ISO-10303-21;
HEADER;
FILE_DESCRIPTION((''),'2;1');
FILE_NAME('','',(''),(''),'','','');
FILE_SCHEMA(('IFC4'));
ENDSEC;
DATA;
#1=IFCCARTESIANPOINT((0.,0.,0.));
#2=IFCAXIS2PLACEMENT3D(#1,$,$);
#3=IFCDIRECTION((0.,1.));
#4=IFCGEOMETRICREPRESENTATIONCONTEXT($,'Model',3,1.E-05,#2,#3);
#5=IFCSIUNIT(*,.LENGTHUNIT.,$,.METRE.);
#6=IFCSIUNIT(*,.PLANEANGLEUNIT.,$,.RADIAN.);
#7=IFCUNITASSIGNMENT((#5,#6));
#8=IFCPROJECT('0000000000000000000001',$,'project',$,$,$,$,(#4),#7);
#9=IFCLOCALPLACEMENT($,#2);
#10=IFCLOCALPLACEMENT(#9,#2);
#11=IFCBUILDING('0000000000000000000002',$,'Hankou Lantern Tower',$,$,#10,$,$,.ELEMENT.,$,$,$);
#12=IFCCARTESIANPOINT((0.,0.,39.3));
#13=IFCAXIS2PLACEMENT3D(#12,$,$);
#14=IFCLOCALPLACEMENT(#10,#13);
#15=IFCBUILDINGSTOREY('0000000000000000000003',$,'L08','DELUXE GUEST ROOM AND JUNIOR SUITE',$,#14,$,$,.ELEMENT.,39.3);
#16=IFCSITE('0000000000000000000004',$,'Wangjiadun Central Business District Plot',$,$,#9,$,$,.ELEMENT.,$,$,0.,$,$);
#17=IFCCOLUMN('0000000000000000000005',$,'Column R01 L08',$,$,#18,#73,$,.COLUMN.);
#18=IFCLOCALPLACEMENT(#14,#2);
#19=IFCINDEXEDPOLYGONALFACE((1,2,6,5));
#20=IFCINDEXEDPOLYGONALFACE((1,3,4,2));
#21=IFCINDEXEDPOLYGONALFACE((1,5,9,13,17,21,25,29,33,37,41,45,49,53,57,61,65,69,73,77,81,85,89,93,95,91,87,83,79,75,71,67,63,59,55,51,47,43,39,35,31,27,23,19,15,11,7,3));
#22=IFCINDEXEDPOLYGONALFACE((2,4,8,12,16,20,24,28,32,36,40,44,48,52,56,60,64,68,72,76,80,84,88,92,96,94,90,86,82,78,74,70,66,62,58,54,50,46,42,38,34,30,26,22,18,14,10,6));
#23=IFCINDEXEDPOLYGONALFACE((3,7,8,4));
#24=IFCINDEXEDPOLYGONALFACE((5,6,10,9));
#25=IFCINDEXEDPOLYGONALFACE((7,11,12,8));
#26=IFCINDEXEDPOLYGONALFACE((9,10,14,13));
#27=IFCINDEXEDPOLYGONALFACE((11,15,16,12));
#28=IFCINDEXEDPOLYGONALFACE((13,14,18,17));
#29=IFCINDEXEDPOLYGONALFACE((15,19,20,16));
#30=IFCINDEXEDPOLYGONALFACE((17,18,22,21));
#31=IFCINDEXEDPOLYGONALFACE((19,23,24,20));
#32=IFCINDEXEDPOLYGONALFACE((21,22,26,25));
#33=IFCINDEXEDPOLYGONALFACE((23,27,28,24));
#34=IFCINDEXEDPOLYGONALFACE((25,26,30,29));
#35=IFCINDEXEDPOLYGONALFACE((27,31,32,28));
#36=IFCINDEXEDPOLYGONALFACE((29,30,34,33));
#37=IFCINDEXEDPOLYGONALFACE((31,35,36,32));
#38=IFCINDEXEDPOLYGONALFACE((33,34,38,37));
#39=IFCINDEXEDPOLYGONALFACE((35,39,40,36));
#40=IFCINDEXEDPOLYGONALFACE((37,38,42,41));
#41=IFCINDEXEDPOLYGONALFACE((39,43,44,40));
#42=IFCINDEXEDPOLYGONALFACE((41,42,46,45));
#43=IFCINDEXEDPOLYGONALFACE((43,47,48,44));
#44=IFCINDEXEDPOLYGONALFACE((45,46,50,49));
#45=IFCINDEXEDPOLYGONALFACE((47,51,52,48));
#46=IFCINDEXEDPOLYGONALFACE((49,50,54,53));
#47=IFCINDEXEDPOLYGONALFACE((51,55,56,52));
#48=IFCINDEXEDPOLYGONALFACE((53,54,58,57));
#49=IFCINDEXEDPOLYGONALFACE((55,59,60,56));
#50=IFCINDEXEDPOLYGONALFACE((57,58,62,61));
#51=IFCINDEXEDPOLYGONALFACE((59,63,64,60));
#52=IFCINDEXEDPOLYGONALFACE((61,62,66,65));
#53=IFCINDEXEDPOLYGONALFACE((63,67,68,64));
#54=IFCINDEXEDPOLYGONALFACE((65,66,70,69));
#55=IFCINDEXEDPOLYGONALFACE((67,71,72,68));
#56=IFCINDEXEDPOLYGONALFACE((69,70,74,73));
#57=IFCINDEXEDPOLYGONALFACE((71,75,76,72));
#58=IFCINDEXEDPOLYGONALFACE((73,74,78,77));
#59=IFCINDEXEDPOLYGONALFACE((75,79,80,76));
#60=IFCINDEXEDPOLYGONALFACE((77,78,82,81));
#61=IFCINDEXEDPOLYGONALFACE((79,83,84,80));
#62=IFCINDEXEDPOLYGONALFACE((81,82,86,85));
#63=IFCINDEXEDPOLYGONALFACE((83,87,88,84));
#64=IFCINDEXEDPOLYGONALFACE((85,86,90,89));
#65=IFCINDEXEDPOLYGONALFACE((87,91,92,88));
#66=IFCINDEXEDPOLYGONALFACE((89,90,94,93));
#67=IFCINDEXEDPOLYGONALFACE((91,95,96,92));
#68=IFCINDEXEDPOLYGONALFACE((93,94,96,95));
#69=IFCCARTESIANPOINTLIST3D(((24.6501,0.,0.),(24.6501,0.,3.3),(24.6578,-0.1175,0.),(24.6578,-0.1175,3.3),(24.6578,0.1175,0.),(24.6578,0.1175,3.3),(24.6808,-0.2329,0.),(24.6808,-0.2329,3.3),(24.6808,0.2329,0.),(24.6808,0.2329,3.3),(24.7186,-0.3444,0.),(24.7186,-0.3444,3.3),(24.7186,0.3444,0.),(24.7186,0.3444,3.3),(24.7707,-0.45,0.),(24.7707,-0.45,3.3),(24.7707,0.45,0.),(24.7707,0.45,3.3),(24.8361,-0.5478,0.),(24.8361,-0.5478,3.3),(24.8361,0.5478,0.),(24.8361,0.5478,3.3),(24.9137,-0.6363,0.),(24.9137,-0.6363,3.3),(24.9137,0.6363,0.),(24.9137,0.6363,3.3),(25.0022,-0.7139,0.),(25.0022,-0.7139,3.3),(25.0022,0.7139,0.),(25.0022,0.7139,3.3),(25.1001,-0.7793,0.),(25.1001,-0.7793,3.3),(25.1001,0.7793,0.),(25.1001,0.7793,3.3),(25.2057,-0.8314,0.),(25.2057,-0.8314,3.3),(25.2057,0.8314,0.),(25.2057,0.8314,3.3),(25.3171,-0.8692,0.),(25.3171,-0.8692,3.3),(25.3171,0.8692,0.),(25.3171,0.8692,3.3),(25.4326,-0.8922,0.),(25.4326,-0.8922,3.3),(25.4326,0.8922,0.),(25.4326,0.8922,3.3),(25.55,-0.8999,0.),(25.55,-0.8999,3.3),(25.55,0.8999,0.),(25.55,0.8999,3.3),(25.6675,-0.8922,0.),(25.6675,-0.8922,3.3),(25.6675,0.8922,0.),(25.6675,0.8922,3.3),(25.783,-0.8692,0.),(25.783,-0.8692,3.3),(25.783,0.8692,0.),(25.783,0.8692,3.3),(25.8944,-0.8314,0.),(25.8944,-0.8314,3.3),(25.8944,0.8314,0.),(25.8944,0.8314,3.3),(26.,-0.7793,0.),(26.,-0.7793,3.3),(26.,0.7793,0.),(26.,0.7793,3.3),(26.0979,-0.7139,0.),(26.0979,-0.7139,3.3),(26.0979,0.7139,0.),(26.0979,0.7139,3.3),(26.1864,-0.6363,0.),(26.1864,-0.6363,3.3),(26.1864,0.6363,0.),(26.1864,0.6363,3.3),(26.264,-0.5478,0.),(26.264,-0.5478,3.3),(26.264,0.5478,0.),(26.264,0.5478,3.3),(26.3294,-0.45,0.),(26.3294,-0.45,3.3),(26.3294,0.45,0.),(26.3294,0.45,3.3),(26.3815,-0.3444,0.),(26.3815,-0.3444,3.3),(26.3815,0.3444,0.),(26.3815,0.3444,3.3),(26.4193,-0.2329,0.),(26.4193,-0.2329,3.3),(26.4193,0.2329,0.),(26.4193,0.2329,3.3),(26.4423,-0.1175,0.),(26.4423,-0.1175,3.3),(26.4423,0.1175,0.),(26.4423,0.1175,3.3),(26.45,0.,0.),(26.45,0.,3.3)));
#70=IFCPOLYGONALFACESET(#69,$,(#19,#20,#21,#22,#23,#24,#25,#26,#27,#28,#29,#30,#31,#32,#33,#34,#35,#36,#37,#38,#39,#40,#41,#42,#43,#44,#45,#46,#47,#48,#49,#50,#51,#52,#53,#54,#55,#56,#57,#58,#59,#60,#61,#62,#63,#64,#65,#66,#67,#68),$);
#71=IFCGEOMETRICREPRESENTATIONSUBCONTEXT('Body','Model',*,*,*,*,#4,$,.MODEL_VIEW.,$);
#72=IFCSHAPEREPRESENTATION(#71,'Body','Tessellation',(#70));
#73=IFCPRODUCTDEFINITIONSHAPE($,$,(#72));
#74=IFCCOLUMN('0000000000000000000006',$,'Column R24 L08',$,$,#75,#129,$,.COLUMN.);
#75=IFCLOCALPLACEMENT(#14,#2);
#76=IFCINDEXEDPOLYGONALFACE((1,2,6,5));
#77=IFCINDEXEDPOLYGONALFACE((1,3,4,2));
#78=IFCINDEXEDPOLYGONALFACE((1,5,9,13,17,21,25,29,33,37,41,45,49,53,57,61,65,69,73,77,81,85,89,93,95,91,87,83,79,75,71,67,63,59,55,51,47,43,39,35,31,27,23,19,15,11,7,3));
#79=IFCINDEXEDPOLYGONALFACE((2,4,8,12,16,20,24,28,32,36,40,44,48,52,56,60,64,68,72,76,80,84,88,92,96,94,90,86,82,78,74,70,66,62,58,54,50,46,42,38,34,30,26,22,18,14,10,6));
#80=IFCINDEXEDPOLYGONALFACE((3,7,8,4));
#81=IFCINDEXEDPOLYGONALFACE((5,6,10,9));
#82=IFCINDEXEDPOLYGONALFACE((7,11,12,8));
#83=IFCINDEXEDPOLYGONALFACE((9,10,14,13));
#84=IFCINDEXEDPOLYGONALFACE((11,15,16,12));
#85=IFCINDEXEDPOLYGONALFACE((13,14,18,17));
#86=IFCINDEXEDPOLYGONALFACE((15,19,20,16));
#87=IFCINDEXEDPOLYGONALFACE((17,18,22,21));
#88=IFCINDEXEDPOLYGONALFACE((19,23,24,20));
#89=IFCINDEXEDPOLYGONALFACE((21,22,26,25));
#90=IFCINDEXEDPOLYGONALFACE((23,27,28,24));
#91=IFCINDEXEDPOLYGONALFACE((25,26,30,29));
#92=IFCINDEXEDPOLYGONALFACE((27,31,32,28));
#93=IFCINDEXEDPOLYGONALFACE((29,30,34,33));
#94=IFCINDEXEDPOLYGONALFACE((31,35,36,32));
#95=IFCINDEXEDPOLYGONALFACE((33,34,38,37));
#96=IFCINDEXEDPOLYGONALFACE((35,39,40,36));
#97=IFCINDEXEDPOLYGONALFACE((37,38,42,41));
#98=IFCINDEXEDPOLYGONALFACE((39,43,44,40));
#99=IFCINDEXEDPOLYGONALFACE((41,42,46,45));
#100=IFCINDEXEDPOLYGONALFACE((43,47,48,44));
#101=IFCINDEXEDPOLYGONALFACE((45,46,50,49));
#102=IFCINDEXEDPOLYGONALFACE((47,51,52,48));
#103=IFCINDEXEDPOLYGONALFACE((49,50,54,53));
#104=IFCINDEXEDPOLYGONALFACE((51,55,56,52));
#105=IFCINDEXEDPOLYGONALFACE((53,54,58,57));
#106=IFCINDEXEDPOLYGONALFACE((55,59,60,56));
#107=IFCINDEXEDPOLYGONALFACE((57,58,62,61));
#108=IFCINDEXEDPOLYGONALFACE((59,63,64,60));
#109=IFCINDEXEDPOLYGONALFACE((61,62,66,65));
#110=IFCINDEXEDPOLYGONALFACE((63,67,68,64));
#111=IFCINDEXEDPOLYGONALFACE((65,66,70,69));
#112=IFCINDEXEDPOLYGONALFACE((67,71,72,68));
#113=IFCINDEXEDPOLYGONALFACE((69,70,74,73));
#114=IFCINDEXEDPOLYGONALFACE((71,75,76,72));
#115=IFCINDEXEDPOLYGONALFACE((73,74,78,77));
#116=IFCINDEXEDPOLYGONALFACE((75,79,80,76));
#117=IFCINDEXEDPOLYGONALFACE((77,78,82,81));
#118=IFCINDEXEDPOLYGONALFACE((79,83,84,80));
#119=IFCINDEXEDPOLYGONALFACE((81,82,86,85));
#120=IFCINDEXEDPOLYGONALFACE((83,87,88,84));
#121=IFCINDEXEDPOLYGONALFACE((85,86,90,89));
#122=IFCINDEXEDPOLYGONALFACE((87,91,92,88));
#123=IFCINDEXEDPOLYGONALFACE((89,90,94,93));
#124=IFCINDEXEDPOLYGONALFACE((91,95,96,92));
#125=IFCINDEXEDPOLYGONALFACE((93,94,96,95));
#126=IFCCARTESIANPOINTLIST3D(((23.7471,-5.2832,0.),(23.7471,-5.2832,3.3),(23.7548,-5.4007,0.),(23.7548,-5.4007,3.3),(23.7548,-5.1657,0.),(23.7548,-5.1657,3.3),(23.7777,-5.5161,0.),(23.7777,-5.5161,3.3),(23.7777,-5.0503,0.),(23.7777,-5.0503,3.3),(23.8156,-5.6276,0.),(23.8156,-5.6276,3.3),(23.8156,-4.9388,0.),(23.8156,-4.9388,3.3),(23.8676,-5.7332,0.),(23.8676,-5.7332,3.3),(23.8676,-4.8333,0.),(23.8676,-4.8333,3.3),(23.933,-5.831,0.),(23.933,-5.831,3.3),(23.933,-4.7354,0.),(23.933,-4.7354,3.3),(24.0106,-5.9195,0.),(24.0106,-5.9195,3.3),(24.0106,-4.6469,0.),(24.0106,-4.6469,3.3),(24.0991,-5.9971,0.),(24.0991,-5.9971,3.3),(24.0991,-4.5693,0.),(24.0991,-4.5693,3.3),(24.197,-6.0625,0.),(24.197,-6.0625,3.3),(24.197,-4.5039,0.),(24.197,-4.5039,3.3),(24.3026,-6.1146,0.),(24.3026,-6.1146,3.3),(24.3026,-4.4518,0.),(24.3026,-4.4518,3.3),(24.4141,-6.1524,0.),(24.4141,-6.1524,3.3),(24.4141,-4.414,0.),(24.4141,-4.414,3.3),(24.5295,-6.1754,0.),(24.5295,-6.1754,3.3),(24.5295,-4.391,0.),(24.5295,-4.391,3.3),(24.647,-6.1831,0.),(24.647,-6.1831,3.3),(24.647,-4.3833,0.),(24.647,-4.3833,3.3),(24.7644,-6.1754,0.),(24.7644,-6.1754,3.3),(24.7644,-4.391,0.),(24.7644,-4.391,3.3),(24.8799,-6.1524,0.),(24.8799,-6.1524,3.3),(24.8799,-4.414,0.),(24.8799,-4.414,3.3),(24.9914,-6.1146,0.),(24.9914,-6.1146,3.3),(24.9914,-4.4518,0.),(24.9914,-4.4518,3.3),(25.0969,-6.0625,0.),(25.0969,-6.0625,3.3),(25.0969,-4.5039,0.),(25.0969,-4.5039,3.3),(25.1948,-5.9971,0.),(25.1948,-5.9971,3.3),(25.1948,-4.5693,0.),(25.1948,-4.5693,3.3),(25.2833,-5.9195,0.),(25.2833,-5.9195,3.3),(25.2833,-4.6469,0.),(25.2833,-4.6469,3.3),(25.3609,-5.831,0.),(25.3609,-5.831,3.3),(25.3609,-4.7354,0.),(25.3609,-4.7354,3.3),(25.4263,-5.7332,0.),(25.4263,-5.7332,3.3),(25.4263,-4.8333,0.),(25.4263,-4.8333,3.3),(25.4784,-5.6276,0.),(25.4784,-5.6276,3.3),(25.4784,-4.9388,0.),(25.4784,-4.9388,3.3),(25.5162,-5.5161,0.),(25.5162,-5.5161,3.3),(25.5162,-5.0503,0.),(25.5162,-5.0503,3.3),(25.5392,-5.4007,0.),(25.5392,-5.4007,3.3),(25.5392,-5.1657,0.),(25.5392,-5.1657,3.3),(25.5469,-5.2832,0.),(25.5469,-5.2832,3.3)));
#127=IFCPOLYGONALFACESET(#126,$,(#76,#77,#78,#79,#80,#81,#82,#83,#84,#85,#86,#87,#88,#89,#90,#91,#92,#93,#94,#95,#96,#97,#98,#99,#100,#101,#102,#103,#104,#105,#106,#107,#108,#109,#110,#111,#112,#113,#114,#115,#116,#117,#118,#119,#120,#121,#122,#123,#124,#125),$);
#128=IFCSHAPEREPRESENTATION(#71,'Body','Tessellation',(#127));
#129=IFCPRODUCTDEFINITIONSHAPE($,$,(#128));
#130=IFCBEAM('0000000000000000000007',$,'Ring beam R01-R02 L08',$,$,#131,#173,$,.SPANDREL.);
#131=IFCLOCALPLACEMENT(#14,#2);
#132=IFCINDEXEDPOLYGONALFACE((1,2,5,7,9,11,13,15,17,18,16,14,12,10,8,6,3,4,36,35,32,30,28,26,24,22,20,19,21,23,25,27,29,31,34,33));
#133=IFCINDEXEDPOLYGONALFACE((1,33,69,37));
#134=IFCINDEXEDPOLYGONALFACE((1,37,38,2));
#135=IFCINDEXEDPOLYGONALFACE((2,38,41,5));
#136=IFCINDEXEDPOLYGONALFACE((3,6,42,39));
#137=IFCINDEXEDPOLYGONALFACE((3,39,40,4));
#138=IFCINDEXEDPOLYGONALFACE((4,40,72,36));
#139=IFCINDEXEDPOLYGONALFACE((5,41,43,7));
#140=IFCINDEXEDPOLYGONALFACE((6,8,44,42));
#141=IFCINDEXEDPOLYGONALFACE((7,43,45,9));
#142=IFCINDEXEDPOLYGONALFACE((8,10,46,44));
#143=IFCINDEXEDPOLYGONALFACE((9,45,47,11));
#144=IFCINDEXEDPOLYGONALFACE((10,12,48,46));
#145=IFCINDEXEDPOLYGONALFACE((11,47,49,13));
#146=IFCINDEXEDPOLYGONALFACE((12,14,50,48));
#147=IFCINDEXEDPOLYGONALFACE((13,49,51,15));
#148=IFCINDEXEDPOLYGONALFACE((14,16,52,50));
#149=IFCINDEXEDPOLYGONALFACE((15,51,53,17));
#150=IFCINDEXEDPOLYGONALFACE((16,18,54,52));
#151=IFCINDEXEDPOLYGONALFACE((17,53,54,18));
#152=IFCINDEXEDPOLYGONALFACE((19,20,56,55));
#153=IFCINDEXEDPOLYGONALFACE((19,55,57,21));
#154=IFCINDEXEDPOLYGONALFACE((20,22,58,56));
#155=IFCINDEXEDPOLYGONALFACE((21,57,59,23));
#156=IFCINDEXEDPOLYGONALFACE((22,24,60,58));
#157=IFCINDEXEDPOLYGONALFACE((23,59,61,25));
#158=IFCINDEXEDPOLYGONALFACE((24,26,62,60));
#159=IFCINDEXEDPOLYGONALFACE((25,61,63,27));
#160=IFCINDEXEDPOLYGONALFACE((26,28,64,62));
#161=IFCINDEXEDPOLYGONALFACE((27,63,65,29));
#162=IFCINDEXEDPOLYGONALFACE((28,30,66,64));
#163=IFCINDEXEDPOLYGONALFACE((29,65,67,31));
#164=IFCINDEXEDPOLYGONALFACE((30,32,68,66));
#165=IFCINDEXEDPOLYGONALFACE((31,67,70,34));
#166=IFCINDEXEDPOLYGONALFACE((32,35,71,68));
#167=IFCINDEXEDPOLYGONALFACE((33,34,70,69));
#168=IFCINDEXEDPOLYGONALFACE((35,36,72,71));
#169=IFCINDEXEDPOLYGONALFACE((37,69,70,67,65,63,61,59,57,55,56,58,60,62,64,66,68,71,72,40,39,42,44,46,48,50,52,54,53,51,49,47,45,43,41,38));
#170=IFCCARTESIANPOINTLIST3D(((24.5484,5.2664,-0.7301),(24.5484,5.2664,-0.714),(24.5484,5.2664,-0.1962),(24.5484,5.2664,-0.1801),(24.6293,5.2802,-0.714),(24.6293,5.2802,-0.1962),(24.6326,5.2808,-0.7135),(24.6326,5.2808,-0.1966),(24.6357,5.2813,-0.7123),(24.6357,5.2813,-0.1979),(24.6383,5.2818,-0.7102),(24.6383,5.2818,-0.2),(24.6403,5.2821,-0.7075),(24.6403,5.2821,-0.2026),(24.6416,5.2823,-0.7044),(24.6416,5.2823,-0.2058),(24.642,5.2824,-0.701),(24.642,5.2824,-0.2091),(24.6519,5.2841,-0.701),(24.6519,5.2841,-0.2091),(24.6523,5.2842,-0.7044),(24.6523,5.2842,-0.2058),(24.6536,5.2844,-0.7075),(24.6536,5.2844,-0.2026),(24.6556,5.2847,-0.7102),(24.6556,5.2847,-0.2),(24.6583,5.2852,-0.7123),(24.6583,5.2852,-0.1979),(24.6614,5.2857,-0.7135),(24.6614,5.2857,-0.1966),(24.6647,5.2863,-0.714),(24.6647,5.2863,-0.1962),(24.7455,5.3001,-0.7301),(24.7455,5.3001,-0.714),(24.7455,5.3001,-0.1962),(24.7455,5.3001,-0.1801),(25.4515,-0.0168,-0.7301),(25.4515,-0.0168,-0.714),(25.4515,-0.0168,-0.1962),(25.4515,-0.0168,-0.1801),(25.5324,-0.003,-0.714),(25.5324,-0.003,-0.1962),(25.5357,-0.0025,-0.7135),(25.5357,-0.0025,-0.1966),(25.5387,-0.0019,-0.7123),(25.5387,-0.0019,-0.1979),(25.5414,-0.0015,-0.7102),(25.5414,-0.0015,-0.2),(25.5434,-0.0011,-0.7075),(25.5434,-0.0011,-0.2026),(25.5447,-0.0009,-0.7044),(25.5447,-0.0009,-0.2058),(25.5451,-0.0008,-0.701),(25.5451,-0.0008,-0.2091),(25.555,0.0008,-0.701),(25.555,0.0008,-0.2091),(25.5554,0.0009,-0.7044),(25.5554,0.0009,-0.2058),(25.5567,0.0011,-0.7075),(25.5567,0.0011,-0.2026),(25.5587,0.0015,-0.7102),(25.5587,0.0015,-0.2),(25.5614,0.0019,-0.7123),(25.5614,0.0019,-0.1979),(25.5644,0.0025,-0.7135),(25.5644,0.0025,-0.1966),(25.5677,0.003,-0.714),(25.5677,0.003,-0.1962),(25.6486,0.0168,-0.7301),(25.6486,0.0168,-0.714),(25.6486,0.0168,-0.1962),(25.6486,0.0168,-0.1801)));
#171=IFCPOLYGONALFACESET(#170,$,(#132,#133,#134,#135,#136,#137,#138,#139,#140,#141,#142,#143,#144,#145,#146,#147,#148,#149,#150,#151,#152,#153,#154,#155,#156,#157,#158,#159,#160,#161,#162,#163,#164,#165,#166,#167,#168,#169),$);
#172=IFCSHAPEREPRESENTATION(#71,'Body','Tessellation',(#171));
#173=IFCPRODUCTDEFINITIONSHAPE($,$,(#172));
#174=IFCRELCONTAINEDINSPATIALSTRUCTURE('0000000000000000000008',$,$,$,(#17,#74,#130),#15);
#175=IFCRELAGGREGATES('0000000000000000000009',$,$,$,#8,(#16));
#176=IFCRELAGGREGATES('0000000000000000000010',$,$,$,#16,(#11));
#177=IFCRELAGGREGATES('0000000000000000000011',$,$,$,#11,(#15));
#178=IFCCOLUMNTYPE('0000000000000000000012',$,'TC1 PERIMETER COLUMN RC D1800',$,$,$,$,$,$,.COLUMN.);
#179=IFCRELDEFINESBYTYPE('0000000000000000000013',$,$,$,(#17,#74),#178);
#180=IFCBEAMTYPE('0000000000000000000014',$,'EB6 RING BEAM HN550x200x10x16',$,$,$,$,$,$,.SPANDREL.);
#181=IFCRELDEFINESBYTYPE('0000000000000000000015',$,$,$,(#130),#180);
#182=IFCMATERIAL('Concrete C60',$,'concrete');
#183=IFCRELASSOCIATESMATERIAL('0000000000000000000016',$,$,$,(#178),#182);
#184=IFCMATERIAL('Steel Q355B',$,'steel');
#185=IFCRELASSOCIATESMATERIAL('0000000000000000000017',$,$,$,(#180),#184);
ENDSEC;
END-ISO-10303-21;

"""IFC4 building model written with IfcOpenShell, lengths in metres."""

from ifc_helpers import new_model, si_unit, direction, frame, origin, origin_2d, place, context, subcontext, project, spatial, circle, i_section, extrude, material, material_profile, profile_set, type_object, element, save


model = new_model("IFC4")

# Units and contexts
model_context = context("Model", 3, precision=1e-05, world=origin(), true_north=direction((0.0, 1.0)))
body_context = subcontext(model_context, "Body", "Model", "MODEL_VIEW")
ifc_project = project(units=[si_unit("LENGTHUNIT", "METRE"), si_unit("PLANEANGLEUNIT", "RADIAN")], contexts=[model_context])

# Site, building, storey
site_placement = place(None, origin())
site = spatial("IfcSite", under=ifc_project, at=site_placement, Name="Wangjiadun Central Business District Plot", CompositionType="ELEMENT", RefElevation=0.0)
building_placement = place(site_placement, origin())
building = spatial("IfcBuilding", under=site, at=building_placement, Name="Hankou Lantern Tower", CompositionType="ELEMENT")
storey_placement = place(building_placement, frame((0.0, 0.0, 39.3)))
storey = spatial("IfcBuildingStorey", under=building, at=storey_placement, Name="L08", Description="DELUXE GUEST ROOM AND JUNIOR SUITE", CompositionType="ELEMENT", Elevation=39.3)

# Columns
ifc_material_1 = material(Name="Concrete C60", Category="concrete")
ifc_material_profile_1 = material_profile(ifc_material_1, circle(Radius=0.8999, at=origin_2d()), Name="RC D1800")
ifc_profile_set_1 = profile_set([ifc_material_profile_1], Name="Concrete C60")
column_type = type_object("IfcColumnType", Name="TC1 PERIMETER COLUMN RC D1800", PredefinedType="COLUMN", material=ifc_profile_set_1)
for number, where, z_axis, x_axis, name in (
    (1, (25.55, 0.0, 0.0), (0.0, 0.0, 1.0), (1.0, 0.0, 0.0), "Column R01 L08"),
    (2, (24.647, -5.2832, 0.0), (0.0, 0.0, 1.0), (1.0, 0.0, 0.0), "Column R24 L08"),
):
    element("IfcColumn", number, at=place(storey_placement, frame(where, z_axis=z_axis, x_axis=x_axis)), inside=storey, type_object=column_type, Name=name, PredefinedType="COLUMN", context=body_context, shape_type="SweptSolid", body=[
        extrude(circle(Radius=0.8999, at=origin_2d()), origin(), (0.0, 0.0, 1.0), 3.3),
    ])

# Beam
ifc_material_2 = material(Name="Steel Q355B", Category="steel")
ifc_material_profile_2 = material_profile(ifc_material_2, i_section(OverallWidth=0.2, OverallDepth=0.55, WebThickness=0.01, FlangeThickness=0.0161, FilletRadius=0.0129, at=origin_2d()), Name="HN550x200x10x16")
ifc_profile_set_2 = profile_set([ifc_material_profile_2], Name="Steel Q355B")
beam_type_1 = type_object("IfcBeamType", Name="EB6 RING BEAM HN550x200x10x16", PredefinedType="SPANDREL", material=ifc_profile_set_2)
for number, where, z_axis, x_axis, name in (
    (3, (25.55, 0.0, -0.4551), (-0.16849, 0.985703, 0.0), (-0.985703, -0.16849, 0.0), "Ring beam R01-R02 L08"),
):
    element("IfcBeam", number, at=place(storey_placement, frame(where, z_axis=z_axis, x_axis=x_axis)), inside=storey, type_object=beam_type_1, Name=name, PredefinedType="SPANDREL", context=body_context, shape_type="SweptSolid", body=[
        extrude(i_section(OverallWidth=0.2, OverallDepth=0.55, WebThickness=0.01, FlangeThickness=0.0161, FilletRadius=0.0129, at=origin_2d()), origin(), (0.0, 0.0, 1.0), 5.3599),
    ])

save(model, "model.ifc")
